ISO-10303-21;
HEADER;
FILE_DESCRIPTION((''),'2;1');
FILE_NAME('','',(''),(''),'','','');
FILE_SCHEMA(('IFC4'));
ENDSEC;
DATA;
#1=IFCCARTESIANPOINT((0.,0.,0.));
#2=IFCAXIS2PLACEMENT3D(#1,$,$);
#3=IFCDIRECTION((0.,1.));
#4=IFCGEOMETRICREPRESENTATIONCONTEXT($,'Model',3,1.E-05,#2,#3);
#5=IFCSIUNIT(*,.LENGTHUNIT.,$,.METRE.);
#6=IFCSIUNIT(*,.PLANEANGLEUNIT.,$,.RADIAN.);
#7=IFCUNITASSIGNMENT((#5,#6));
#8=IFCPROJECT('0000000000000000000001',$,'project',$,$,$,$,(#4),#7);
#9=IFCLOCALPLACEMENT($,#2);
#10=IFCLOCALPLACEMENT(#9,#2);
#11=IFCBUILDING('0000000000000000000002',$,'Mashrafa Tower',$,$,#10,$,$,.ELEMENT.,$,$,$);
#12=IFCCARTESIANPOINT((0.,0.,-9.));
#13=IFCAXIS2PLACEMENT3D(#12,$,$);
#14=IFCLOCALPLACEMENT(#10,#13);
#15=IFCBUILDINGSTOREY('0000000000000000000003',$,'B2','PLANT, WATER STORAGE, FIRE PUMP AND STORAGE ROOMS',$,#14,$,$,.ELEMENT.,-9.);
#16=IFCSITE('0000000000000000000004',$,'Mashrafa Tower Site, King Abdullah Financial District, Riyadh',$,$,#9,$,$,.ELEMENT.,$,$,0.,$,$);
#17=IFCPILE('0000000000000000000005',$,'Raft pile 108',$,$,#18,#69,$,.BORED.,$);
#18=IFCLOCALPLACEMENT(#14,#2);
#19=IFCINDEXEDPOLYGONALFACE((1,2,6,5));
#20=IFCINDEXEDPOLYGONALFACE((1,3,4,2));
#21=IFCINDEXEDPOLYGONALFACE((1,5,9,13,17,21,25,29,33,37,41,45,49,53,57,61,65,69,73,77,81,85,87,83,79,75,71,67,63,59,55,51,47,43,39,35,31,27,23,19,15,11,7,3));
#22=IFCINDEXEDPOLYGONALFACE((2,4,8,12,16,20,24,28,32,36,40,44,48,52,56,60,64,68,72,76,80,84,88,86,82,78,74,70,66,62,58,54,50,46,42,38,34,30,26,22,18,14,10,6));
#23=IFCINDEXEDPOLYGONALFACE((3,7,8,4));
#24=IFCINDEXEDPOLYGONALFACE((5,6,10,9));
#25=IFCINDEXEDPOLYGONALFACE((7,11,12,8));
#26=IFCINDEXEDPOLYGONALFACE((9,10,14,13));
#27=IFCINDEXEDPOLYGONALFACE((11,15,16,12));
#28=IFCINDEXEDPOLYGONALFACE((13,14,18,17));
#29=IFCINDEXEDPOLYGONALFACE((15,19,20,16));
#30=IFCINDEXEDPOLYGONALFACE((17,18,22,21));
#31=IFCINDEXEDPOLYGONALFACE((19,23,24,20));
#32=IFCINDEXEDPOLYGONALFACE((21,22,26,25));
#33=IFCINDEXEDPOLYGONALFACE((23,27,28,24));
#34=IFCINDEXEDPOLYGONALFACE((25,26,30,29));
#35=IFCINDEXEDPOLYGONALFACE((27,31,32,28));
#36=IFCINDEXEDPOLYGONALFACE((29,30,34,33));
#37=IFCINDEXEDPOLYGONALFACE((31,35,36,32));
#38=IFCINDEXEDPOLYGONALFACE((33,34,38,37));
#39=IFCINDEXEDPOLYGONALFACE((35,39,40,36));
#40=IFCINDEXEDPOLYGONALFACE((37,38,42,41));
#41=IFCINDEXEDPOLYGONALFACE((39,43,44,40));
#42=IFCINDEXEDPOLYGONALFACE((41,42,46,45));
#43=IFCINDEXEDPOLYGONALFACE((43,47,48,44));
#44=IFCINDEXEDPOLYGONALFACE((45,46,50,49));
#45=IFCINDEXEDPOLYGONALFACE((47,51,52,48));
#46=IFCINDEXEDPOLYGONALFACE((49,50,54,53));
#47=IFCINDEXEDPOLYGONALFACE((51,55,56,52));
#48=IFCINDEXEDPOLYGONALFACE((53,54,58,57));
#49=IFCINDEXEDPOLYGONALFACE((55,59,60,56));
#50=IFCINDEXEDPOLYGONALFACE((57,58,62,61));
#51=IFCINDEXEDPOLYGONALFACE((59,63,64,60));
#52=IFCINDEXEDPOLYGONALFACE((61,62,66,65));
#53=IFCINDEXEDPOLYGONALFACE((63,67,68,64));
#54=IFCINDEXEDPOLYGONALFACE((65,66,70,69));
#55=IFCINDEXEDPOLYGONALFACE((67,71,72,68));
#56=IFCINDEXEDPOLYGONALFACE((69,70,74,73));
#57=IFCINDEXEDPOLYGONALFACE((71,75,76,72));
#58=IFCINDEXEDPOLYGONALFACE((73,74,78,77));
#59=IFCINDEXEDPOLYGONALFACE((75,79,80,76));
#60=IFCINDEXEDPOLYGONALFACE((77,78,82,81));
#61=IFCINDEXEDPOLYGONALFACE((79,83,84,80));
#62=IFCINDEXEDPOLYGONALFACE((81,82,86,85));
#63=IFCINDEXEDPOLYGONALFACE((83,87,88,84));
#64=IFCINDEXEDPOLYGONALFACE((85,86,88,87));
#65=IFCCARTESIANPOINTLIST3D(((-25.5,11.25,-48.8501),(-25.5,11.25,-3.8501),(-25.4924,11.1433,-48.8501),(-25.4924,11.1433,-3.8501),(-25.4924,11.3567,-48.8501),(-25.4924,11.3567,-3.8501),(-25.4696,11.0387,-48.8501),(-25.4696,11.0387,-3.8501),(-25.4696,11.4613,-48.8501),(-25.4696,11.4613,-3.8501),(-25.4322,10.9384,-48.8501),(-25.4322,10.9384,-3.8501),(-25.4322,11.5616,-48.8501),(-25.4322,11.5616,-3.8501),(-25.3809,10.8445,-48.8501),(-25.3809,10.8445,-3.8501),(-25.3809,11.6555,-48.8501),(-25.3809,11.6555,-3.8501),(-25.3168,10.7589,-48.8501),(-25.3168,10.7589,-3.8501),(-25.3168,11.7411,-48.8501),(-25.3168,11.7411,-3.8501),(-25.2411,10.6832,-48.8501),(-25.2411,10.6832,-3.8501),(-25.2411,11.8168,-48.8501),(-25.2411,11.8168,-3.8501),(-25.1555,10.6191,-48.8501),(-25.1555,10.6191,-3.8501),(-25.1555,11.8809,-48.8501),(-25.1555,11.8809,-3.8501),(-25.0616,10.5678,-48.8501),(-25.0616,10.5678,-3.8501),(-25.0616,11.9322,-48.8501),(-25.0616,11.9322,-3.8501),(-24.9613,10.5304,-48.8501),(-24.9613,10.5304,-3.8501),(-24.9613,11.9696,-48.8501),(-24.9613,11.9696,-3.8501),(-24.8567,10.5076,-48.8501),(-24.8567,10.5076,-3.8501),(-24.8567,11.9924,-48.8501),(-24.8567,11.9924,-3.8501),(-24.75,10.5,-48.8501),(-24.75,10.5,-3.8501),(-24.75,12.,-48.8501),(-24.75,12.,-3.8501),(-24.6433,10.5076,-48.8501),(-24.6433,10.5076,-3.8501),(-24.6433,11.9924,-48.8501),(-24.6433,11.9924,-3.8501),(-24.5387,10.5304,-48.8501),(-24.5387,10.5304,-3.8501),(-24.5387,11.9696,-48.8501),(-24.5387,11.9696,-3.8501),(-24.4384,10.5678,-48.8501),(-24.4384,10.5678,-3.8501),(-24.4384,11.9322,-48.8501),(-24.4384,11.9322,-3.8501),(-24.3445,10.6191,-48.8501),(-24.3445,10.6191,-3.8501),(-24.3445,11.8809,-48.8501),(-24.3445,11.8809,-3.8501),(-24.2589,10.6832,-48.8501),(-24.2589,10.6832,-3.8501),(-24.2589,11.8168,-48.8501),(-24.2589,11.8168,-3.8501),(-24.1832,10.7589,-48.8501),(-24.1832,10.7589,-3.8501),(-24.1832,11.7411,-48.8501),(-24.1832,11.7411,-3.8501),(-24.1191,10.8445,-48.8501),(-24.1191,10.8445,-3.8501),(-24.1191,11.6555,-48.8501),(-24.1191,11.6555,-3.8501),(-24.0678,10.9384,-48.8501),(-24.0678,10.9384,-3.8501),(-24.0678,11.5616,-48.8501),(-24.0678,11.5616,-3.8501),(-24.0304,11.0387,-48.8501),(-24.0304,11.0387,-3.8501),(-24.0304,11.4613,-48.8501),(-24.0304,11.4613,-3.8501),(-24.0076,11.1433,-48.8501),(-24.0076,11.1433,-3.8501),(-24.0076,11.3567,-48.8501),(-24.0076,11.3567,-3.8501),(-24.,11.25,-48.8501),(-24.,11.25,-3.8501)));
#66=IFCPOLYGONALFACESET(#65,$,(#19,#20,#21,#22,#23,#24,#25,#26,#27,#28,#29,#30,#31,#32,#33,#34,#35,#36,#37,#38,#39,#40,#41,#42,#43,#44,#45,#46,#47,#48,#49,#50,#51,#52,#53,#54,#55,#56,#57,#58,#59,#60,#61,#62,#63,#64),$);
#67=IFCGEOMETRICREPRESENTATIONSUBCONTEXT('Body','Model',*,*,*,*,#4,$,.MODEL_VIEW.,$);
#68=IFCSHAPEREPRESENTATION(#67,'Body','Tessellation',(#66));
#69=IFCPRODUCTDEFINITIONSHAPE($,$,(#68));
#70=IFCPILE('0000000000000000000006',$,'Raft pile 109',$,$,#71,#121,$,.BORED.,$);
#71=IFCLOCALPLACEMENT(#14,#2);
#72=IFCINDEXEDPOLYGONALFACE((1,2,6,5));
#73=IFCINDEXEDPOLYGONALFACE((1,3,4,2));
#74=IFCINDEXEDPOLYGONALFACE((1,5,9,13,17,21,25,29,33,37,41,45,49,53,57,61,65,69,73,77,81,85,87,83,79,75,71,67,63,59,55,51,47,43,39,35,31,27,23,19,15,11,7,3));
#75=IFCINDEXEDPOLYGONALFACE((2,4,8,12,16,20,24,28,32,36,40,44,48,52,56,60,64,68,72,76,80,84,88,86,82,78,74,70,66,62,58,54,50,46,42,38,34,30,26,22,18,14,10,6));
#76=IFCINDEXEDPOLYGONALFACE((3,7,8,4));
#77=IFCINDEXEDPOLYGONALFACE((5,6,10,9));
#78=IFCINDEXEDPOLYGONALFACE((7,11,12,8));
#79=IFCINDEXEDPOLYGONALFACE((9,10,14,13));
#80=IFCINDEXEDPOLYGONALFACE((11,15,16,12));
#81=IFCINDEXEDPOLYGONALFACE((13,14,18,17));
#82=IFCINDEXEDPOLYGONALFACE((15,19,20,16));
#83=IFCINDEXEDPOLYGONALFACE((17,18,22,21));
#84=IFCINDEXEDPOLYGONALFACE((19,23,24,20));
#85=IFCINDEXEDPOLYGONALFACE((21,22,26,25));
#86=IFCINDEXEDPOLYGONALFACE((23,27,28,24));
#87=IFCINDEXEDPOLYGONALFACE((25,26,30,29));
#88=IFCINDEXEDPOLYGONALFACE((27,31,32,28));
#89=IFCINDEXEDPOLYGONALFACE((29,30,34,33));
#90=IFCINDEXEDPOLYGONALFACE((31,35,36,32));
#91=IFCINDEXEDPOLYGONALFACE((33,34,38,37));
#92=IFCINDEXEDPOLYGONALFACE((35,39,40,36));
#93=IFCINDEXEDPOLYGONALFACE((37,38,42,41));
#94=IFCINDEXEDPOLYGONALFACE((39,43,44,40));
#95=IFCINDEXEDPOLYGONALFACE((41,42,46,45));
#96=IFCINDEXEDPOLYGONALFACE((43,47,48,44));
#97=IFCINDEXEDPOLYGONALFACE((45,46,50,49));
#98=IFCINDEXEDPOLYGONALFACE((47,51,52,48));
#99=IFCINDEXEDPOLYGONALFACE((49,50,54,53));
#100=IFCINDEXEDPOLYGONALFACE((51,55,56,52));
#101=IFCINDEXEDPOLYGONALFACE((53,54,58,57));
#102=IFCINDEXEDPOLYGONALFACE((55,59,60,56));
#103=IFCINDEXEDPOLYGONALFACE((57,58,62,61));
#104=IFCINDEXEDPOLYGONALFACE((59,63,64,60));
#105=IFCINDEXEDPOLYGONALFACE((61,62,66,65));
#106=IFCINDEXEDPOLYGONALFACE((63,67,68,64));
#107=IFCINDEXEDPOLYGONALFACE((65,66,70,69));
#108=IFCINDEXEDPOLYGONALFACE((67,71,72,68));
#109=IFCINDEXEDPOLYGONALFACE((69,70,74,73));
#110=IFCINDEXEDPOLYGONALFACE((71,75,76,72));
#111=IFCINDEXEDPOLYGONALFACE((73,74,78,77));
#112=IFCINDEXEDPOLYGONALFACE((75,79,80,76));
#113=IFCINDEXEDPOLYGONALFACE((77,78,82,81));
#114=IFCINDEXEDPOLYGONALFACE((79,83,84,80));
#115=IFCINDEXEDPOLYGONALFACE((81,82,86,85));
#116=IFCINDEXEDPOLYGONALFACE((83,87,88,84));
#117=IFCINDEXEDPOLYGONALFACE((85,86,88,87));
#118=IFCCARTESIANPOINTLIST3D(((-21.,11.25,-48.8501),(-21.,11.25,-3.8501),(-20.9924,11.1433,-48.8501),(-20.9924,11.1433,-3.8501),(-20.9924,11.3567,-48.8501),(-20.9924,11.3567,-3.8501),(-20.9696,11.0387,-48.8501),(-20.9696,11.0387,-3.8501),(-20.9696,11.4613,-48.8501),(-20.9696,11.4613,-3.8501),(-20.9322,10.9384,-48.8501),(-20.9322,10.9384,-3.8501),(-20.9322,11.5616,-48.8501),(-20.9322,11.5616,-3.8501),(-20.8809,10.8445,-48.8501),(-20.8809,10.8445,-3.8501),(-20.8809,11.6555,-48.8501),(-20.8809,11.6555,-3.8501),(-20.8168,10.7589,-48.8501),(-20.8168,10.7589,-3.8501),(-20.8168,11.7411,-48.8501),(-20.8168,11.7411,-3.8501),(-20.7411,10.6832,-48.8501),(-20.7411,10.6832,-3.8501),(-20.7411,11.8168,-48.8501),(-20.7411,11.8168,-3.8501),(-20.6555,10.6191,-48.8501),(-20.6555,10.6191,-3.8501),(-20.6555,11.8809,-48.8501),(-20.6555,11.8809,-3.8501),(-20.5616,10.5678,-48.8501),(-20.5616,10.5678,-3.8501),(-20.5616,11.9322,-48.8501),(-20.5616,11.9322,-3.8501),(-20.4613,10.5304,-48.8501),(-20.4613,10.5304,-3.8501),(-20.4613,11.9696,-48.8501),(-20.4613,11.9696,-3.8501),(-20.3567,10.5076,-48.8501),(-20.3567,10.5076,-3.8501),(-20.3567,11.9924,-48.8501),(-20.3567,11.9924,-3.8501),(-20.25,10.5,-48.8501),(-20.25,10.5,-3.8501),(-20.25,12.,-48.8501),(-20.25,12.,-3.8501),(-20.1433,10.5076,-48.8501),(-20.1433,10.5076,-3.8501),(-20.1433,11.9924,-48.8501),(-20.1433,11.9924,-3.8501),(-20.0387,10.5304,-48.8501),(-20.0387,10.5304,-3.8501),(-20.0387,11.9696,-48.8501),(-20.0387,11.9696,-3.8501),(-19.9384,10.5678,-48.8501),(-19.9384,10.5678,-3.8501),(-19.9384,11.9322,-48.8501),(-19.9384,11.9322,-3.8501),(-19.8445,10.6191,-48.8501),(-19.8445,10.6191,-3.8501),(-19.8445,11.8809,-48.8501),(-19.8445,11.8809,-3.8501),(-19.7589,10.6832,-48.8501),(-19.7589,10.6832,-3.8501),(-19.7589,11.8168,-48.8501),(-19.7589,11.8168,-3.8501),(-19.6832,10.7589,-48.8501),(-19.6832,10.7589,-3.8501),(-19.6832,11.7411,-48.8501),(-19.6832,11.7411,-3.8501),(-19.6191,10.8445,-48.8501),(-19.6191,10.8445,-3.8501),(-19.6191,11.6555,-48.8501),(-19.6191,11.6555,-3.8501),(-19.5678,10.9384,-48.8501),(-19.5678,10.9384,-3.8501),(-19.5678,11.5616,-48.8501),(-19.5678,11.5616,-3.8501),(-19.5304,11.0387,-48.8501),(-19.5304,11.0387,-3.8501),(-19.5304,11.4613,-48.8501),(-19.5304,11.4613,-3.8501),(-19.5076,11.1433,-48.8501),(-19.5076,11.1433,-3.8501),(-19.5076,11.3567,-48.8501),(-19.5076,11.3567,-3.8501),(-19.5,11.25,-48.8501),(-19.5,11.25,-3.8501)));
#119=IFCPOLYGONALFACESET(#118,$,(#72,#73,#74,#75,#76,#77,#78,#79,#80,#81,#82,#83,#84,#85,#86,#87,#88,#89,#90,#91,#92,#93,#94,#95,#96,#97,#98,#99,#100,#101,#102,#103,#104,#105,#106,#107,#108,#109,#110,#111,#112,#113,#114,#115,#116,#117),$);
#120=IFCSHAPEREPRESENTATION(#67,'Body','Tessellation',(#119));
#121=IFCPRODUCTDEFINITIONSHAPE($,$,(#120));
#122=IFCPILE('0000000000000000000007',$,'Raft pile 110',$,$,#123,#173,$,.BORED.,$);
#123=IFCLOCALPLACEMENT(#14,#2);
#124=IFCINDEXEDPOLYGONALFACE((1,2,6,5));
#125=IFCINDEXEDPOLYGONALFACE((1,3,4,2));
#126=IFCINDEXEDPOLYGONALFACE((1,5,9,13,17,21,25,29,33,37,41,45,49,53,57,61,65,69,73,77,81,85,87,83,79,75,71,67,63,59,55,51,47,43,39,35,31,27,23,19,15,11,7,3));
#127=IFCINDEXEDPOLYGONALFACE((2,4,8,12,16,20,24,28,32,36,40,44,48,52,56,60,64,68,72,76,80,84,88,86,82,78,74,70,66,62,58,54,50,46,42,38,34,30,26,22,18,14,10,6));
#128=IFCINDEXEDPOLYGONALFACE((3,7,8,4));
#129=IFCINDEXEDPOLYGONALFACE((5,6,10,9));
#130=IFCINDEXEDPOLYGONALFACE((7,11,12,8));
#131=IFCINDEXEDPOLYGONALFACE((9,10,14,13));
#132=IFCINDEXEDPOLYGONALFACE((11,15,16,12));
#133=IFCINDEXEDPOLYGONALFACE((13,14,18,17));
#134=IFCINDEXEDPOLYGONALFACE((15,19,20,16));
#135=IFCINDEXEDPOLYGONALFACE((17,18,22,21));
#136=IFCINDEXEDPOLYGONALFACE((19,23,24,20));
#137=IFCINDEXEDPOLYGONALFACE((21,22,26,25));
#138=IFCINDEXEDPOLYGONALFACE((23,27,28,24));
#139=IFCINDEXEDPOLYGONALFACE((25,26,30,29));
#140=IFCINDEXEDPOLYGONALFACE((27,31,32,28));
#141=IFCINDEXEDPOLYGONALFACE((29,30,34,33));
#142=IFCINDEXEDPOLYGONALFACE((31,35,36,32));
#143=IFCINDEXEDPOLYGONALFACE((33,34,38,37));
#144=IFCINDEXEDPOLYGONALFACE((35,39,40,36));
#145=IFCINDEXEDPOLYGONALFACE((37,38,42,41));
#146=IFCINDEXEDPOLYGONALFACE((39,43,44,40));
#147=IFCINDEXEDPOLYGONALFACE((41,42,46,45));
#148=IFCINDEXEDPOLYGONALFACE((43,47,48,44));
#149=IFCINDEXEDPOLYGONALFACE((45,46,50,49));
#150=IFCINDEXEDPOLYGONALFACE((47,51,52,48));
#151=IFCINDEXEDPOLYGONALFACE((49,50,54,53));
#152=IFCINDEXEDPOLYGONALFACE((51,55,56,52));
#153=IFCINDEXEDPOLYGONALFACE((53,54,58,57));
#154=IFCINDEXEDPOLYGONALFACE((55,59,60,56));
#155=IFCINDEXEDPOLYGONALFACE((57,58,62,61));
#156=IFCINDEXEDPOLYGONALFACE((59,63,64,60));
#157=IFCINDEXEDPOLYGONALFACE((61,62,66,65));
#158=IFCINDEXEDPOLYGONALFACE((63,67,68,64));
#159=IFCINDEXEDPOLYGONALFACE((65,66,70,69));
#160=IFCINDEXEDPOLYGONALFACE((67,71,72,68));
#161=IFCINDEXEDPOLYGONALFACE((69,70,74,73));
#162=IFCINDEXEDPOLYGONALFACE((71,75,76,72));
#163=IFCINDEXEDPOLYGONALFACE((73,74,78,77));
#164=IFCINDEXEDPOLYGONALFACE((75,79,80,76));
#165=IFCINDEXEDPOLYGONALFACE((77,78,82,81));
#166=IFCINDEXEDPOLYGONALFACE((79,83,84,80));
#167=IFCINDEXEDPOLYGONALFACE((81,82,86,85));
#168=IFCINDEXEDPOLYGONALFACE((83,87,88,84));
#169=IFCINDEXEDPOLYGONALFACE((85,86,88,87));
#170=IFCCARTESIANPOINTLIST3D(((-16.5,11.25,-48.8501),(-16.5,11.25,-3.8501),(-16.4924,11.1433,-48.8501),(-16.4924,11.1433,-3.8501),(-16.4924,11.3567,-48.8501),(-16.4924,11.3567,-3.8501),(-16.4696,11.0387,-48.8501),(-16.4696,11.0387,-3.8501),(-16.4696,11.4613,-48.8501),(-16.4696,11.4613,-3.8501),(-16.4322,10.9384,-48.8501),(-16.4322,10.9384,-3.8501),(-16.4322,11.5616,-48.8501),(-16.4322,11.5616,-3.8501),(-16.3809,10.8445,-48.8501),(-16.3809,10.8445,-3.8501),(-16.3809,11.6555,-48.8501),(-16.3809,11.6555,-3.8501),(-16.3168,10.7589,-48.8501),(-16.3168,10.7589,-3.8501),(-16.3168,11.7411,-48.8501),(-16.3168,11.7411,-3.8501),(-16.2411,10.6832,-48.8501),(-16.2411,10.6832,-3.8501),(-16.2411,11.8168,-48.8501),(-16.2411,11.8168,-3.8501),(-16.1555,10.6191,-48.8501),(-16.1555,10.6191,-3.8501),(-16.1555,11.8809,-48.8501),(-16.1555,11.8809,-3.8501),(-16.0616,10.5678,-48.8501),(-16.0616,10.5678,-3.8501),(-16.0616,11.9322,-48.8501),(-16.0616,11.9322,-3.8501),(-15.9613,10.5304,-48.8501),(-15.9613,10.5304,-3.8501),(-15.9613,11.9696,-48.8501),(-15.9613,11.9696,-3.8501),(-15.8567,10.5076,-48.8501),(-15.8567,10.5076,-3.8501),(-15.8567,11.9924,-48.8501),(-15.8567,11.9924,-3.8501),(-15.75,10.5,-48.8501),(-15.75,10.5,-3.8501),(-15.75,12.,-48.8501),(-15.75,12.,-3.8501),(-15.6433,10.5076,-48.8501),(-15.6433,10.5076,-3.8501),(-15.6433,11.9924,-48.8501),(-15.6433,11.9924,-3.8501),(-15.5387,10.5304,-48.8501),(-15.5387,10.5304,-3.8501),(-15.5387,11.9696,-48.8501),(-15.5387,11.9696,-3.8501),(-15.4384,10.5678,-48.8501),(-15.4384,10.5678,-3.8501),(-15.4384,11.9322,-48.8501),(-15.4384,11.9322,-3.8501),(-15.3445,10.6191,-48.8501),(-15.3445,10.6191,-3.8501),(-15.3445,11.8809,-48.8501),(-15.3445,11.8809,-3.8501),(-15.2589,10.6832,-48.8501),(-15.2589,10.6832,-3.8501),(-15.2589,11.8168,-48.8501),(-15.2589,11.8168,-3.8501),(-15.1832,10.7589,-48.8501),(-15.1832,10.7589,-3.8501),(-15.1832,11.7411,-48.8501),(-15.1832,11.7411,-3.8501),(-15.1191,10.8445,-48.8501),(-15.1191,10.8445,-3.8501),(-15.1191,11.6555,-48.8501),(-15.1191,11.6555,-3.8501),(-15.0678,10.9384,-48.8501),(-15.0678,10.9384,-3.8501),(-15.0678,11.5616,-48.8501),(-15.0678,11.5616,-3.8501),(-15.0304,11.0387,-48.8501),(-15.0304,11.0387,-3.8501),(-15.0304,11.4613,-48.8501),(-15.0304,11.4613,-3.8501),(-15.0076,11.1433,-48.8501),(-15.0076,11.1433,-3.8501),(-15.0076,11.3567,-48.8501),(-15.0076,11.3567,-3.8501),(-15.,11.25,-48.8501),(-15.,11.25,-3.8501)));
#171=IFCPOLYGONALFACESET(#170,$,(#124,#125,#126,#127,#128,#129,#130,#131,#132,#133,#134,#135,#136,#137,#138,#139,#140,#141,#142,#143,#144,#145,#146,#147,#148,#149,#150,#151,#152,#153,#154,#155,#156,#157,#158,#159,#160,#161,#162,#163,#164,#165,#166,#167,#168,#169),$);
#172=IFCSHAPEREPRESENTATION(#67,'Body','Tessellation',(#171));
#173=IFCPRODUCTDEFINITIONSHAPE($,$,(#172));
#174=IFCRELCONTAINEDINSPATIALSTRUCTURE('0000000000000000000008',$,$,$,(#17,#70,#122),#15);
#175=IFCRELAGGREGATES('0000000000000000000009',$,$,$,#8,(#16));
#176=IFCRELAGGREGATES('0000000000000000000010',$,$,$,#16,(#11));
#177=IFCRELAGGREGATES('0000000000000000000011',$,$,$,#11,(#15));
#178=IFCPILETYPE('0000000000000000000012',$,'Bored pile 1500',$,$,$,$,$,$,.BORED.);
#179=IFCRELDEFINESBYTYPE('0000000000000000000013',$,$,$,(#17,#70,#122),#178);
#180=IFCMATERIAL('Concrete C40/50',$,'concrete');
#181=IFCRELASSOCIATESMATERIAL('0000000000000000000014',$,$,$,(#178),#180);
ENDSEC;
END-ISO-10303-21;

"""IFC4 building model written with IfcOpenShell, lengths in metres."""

from ifc_helpers import new_model, si_unit, direction, frame, origin, origin_2d, place, context, subcontext, project, spatial, circle, extrude, material, material_profile, profile_set, type_object, element, save


model = new_model("IFC4")

# Units and contexts
model_context = context("Model", 3, precision=1e-05, world=origin(), true_north=direction((0.0, 1.0)))
body_context = subcontext(model_context, "Body", "Model", "MODEL_VIEW")
ifc_project = project(units=[si_unit("LENGTHUNIT", "METRE"), si_unit("PLANEANGLEUNIT", "RADIAN")], contexts=[model_context])

# Site, building, storey
site_placement = place(None, origin())
site = spatial("IfcSite", under=ifc_project, at=site_placement, Name="Mashrafa Tower Site, King Abdullah Financial District, Riyadh", CompositionType="ELEMENT", RefElevation=0.0)
building_placement = place(site_placement, origin())
building = spatial("IfcBuilding", under=site, at=building_placement, Name="Mashrafa Tower", CompositionType="ELEMENT")
storey_placement = place(building_placement, frame((0.0, 0.0, -9.0)))
storey = spatial("IfcBuildingStorey", under=building, at=storey_placement, Name="B2", Description="PLANT, WATER STORAGE, FIRE PUMP AND STORAGE ROOMS", CompositionType="ELEMENT", Elevation=-9.0)

# Piles
ifc_material_1 = material(Name="Concrete C40/50", Category="concrete")
ifc_material_profile_1 = material_profile(ifc_material_1, circle(Radius=0.75, at=origin_2d()), Name="1500 DIA")
ifc_profile_set_1 = profile_set([ifc_material_profile_1], Name="Concrete C40/50")
pile_type = type_object("IfcPileType", Name="Bored pile 1500", PredefinedType="BORED", material=ifc_profile_set_1)
for number, where, z_axis, x_axis, name in (
    (1, (-24.75, 11.25, -3.8501), (0.0, 0.0, -1.0), (1.0, 0.0, 0.0), "Raft pile 108"),
    (2, (-20.25, 11.25, -3.8501), (0.0, 0.0, -1.0), (1.0, 0.0, 0.0), "Raft pile 109"),
    (3, (-15.75, 11.25, -3.8501), (0.0, 0.0, -1.0), (1.0, 0.0, 0.0), "Raft pile 110"),
):
    element("IfcPile", number, at=place(storey_placement, frame(where, z_axis=z_axis, x_axis=x_axis)), inside=storey, type_object=pile_type, Name=name, PredefinedType="BORED", context=body_context, shape_type="SweptSolid", body=[
        extrude(circle(Radius=0.75, at=origin_2d()), origin(), (0.0, 0.0, 1.0), 45.0),
    ])

save(model, "model.ifc")
